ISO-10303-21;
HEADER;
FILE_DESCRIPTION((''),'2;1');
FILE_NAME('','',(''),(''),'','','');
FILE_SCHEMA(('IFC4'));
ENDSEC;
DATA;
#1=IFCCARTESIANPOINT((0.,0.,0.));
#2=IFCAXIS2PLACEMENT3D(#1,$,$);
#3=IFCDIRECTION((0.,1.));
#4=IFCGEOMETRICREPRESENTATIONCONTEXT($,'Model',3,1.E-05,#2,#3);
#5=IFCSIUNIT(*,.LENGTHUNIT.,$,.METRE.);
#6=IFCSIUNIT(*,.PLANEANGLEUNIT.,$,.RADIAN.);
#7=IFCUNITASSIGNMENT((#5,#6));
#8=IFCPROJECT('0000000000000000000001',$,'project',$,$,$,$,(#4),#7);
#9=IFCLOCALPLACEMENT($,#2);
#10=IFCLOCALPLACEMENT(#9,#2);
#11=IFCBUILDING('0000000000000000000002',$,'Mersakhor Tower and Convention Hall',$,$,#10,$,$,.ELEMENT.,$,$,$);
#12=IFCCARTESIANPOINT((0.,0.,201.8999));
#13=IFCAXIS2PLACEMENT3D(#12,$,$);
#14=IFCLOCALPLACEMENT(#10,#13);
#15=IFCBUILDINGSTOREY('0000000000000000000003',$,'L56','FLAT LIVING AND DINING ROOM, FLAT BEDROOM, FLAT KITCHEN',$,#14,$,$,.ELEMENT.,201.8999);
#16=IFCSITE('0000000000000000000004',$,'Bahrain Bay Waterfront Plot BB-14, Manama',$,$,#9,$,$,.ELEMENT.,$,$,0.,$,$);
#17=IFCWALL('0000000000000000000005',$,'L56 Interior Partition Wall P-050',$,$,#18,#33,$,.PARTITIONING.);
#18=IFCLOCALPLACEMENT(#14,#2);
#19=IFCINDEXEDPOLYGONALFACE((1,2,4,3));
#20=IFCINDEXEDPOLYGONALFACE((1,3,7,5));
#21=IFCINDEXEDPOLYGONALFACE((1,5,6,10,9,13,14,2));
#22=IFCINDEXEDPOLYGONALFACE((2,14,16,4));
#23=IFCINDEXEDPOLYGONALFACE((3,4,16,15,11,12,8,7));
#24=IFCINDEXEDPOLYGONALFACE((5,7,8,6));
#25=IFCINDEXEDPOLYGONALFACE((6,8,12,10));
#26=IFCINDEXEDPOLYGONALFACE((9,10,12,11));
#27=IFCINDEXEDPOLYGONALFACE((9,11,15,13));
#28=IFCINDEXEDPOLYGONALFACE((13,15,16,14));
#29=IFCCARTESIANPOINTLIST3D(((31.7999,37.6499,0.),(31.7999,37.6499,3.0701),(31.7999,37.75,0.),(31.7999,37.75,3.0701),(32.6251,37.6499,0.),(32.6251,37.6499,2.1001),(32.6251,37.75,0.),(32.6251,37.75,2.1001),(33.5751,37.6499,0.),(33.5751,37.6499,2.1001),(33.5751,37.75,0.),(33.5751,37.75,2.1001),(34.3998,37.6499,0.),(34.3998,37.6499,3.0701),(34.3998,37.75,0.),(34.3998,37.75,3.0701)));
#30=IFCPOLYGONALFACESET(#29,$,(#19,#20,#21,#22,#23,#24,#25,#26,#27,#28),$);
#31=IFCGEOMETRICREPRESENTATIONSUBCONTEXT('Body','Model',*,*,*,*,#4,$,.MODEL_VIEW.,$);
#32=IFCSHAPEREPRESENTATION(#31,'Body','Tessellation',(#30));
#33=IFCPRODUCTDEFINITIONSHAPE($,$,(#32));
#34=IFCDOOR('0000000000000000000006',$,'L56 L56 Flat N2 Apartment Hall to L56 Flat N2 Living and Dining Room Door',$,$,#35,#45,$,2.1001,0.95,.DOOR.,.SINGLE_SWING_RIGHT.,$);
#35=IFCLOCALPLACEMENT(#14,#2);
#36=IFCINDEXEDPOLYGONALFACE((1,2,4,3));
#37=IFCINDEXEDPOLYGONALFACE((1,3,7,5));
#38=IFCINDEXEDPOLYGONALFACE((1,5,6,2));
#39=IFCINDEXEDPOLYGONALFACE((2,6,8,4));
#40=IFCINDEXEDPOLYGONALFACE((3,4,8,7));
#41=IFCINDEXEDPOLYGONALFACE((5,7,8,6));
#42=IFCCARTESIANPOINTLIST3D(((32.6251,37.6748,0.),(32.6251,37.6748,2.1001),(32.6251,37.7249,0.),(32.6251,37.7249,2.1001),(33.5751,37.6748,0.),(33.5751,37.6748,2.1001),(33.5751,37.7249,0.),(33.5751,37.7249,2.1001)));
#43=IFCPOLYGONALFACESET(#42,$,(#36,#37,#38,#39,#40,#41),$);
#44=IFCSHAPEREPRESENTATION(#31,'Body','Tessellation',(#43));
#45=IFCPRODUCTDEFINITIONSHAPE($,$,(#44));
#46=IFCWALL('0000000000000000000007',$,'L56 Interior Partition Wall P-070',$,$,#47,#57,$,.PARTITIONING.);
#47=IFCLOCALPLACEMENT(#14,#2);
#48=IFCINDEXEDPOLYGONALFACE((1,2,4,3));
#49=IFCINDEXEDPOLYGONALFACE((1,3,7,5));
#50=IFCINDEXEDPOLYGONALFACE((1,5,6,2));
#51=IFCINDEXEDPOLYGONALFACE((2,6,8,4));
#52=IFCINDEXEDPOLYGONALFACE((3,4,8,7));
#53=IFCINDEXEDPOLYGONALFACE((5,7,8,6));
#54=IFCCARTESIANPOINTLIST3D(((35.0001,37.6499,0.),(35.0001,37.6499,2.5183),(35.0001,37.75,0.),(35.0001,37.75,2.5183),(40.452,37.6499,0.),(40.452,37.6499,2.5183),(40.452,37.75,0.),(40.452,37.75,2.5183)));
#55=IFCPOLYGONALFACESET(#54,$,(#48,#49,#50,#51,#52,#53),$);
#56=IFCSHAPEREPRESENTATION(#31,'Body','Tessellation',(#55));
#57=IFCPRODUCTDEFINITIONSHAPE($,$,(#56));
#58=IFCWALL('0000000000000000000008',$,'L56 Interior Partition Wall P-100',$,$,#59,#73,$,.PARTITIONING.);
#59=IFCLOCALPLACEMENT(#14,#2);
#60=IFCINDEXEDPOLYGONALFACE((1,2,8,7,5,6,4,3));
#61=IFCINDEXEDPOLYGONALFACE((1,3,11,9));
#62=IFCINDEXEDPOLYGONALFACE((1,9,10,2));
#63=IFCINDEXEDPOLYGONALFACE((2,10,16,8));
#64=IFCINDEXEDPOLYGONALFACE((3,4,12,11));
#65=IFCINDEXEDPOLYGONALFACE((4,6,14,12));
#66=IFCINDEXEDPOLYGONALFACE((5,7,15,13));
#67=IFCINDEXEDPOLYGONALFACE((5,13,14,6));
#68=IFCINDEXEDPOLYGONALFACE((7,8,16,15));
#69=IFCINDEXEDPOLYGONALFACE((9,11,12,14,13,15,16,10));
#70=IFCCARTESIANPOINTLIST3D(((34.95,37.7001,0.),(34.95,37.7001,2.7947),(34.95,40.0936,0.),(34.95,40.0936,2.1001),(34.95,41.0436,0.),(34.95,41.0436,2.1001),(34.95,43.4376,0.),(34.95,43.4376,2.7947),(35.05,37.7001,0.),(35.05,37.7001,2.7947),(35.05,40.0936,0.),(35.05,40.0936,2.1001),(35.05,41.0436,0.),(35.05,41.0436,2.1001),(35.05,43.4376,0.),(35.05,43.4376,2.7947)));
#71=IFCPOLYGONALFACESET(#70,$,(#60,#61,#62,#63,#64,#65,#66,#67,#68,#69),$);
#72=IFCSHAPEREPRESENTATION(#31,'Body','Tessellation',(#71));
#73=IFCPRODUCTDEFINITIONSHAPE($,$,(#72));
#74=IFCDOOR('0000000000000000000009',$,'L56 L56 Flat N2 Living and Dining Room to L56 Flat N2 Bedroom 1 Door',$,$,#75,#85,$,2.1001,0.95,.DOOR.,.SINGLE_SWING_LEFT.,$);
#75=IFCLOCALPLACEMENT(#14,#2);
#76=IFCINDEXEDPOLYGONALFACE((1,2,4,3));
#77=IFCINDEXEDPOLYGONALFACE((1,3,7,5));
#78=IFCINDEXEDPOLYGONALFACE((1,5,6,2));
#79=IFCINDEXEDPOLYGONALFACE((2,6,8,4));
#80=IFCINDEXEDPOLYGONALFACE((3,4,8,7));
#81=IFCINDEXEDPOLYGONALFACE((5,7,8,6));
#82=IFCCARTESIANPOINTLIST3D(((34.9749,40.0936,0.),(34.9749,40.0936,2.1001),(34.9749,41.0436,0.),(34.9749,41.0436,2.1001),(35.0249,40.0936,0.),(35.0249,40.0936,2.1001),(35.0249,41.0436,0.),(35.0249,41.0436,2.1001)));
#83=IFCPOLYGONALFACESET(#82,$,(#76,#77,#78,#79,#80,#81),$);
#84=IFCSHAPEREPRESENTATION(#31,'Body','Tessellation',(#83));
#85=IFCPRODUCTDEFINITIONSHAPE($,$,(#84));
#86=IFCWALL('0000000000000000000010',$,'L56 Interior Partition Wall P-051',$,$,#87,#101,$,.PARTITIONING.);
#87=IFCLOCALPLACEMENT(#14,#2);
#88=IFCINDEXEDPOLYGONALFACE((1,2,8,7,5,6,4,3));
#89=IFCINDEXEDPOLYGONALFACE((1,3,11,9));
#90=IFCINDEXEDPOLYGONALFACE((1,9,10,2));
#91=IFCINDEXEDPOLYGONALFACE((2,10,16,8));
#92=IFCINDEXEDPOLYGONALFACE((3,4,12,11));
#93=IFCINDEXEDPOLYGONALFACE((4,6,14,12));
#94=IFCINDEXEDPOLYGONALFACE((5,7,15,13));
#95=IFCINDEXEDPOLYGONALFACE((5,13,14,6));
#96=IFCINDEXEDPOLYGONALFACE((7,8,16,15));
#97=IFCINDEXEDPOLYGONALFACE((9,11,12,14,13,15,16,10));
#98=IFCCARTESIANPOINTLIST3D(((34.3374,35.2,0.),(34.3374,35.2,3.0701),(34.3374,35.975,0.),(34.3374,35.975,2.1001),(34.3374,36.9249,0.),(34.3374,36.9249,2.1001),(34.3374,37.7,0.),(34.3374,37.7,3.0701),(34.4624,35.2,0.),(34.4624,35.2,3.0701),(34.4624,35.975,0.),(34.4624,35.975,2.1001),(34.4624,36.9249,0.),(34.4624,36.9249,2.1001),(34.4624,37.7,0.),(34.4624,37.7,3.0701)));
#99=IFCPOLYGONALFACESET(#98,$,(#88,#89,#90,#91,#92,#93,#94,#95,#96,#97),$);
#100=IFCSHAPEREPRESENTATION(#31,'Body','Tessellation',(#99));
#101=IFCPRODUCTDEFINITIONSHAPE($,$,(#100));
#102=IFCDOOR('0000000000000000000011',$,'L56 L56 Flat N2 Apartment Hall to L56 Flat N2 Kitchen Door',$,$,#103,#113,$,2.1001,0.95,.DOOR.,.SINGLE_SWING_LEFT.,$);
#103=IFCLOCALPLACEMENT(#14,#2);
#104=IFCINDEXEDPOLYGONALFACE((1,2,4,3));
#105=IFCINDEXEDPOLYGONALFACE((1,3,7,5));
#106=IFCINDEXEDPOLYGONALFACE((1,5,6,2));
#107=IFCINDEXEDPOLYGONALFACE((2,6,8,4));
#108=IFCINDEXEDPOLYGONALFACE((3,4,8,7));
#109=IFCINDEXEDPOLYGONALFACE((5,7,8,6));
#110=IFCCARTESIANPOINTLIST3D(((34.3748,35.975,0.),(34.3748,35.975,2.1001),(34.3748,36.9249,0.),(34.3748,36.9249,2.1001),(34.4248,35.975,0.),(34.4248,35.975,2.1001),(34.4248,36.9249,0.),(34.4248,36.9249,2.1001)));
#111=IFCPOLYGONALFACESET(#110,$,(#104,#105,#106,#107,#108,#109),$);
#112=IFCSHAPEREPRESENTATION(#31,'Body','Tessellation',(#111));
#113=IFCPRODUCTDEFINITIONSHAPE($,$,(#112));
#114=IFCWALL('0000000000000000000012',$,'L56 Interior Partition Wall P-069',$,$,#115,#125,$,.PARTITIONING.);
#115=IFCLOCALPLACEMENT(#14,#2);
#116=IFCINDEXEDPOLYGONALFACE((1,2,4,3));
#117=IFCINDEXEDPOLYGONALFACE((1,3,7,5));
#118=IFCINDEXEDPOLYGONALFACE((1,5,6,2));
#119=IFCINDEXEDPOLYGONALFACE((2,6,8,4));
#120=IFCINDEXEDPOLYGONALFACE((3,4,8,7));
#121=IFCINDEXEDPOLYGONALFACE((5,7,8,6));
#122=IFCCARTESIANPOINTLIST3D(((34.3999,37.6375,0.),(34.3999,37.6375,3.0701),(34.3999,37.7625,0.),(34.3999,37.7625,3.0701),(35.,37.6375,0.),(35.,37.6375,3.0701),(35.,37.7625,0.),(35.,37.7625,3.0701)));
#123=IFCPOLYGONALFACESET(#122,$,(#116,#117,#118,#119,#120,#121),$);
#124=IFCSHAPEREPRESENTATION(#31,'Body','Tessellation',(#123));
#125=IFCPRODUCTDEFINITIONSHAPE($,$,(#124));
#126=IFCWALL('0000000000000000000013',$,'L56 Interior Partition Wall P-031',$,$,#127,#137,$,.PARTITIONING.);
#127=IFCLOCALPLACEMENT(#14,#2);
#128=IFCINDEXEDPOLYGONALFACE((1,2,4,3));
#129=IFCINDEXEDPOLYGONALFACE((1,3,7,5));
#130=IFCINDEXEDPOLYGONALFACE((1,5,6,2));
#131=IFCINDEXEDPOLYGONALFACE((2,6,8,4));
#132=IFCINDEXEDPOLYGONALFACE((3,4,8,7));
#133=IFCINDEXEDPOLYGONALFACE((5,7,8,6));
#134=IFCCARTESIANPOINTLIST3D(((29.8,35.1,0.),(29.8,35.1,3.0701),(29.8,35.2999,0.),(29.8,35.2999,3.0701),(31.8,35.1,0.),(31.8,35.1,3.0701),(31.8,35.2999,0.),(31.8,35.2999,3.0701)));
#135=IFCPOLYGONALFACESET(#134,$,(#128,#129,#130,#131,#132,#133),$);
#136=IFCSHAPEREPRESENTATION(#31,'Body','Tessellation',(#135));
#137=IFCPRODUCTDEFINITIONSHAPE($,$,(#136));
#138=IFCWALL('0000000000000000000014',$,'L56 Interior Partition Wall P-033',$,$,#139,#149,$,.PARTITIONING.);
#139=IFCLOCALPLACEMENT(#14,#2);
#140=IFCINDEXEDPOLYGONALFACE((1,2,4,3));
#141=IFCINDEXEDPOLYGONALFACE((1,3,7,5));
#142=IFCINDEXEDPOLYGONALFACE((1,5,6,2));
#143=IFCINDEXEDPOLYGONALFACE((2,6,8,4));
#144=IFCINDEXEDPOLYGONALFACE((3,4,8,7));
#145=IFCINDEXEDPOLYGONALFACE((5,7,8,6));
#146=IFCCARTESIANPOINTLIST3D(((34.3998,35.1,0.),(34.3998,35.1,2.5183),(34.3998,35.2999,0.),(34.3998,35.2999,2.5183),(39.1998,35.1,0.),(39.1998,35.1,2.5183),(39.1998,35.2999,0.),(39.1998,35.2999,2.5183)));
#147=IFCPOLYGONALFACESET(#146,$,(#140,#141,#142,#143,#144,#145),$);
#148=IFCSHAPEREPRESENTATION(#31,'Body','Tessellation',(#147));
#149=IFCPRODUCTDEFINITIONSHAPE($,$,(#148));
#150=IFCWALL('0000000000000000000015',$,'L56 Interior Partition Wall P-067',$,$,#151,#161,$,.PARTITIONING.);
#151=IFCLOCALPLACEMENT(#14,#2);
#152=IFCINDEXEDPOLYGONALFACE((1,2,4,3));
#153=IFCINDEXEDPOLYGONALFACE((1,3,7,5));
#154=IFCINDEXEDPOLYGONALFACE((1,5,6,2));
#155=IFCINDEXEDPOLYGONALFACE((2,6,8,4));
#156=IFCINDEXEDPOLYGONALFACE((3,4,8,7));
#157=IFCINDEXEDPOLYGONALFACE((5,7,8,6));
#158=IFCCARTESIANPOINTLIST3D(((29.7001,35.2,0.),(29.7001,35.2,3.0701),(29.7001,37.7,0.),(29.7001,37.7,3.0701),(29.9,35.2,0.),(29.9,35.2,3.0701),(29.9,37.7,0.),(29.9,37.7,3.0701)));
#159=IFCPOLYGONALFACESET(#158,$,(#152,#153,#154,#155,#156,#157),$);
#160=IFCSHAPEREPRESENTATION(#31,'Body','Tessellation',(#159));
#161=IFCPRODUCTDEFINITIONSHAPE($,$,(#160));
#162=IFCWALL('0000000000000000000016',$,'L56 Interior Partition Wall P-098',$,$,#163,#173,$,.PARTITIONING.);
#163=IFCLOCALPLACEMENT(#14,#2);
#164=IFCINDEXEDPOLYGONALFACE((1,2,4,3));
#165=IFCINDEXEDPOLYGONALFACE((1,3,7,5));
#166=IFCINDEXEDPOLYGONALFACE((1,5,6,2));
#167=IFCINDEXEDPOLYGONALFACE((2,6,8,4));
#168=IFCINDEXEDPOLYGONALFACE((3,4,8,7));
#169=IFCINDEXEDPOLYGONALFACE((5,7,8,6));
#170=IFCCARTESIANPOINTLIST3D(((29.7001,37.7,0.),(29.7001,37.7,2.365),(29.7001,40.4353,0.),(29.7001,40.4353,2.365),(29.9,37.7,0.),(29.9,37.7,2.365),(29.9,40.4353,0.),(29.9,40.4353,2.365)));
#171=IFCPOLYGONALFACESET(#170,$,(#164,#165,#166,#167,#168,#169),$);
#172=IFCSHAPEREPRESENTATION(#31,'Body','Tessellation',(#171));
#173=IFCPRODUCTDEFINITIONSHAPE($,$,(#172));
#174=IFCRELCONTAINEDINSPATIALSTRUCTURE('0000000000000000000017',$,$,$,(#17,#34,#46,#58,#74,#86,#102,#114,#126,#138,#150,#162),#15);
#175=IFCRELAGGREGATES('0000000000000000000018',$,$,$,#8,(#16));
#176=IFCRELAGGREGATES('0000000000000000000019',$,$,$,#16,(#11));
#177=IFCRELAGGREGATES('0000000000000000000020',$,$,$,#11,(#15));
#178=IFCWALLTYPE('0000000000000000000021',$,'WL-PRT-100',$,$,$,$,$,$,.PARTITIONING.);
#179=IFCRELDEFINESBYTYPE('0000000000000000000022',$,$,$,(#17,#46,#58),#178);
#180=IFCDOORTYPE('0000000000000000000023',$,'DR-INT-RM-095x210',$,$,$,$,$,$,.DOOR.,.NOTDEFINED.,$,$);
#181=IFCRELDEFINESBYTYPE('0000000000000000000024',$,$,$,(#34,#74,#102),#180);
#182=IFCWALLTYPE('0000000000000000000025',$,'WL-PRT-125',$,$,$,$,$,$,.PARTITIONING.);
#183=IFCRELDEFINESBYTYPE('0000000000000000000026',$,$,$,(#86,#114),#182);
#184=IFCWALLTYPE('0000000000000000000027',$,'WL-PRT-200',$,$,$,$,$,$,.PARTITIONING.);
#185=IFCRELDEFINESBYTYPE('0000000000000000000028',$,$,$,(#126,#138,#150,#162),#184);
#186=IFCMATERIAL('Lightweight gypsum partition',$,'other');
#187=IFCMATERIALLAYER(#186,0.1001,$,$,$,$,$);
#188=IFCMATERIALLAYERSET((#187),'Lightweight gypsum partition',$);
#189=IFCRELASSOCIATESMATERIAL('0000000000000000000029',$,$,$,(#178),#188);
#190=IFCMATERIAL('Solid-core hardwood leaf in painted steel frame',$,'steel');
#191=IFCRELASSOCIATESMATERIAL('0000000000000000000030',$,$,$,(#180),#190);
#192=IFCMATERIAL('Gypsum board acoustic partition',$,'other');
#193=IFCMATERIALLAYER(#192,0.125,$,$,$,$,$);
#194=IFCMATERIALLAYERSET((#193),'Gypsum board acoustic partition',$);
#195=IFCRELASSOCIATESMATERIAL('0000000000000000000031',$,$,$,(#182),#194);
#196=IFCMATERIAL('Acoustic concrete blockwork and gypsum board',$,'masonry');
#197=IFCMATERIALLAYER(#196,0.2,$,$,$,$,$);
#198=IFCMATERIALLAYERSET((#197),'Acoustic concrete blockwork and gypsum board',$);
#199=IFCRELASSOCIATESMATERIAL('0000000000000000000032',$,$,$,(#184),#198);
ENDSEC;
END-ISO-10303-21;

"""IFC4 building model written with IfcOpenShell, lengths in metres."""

from ifc_helpers import new_model, si_unit, direction, frame, frame_2d, origin, place, context, subcontext, project, spatial, rectangle, extrude, material, layer, layer_set, type_object, element, fill, save


model = new_model("IFC4")

# Units and contexts
model_context = context("Model", 3, precision=1e-05, world=origin(), true_north=direction((0.0, 1.0)))
body_context = subcontext(model_context, "Body", "Model", "MODEL_VIEW")
ifc_project = project(units=[si_unit("LENGTHUNIT", "METRE"), si_unit("PLANEANGLEUNIT", "RADIAN")], contexts=[model_context])

# Site, building, storey
site_placement = place(None, origin())
site = spatial("IfcSite", under=ifc_project, at=site_placement, Name="Bahrain Bay Waterfront Plot BB-14, Manama", CompositionType="ELEMENT", RefElevation=0.0)
building_placement = place(site_placement, origin())
building = spatial("IfcBuilding", under=site, at=building_placement, Name="Mersakhor Tower and Convention Hall", CompositionType="ELEMENT")
storey_placement = place(building_placement, frame((0.0, 0.0, 201.8999)))
storey = spatial("IfcBuildingStorey", under=building, at=storey_placement, Name="L56", Description="FLAT LIVING AND DINING ROOM, FLAT BEDROOM, FLAT KITCHEN", CompositionType="ELEMENT", Elevation=201.8999)

# Wall, opening, door
ifc_material_1 = material(Name="Lightweight gypsum partition", Category="other")
ifc_layer_1 = layer(ifc_material_1, 0.1001)
ifc_layer_set_1 = layer_set([ifc_layer_1], Name="Lightweight gypsum partition")
wall_type_1 = type_object("IfcWallType", Name="WL-PRT-100", PredefinedType="PARTITIONING", material=ifc_layer_set_1)
wall_1_placement = place(storey_placement, frame((31.8, 37.7, 0.0), z_axis=(0.0, 0.0, 1.0), x_axis=(1.0, 0.0, 0.0)))
wall_1 = element("IfcWall", 1, at=wall_1_placement, inside=storey, type_object=wall_type_1, Name="L56 Interior Partition Wall P-050", PredefinedType="PARTITIONING", context=body_context, shape_type="SweptSolid", body=[
    extrude(rectangle(XDim=2.5999, YDim=0.1001, at=frame_2d((1.2998, 0.0))), origin(), (0.0, 0.0, 1.0), 3.0701),
])
opening_1_placement = place(wall_1_placement, frame((0.825, 0.0, 0.0)))
opening_1 = element("IfcOpeningElement", 2, at=opening_1_placement, cuts=wall_1, PredefinedType="OPENING", context=body_context, shape_type="SweptSolid", body=[
    extrude(rectangle(XDim=0.95, YDim=2.1001, at=frame_2d((0.4751, 1.05))), frame((0.0, 0.0601, 0.0), z_axis=(0.0, -1.0, 0.0), x_axis=(1.0, 0.0, 0.0)), (0.0, 0.0, 1.0), 0.1201),
])
ifc_material_2 = material(Name="Solid-core hardwood leaf in painted steel frame", Category="steel")
door_type_1 = type_object("IfcDoorType", Name="DR-INT-RM-095x210", OperationType="NOTDEFINED", PredefinedType="DOOR", material=ifc_material_2)
door_1_placement = place(opening_1_placement, origin())
door_1 = element("IfcDoor", 3, at=door_1_placement, inside=storey, type_object=door_type_1, Name="L56 L56 Flat N2 Apartment Hall to L56 Flat N2 Living and Dining Room Door", OperationType="SINGLE_SWING_RIGHT", OverallHeight=2.1001, OverallWidth=0.95, PredefinedType="DOOR", context=body_context, shape_type="SweptSolid", body=[
    extrude(rectangle(XDim=0.95, YDim=2.1001, at=frame_2d((0.4751, 1.05))), frame((0.0, 0.0249, 0.0), z_axis=(0.0, -1.0, 0.0), x_axis=(1.0, 0.0, 0.0)), (0.0, 0.0, 1.0), 0.05),
])
fill(opening_1, door_1)

# Wall
wall_2_placement = place(storey_placement, frame((35.0, 37.7, 0.0), z_axis=(0.0, 0.0, 1.0), x_axis=(1.0, 0.0, 0.0)))
element("IfcWall", 4, at=wall_2_placement, inside=storey, type_object=wall_type_1, Name="L56 Interior Partition Wall P-070", PredefinedType="PARTITIONING", context=body_context, shape_type="SweptSolid", body=[
    extrude(rectangle(XDim=5.4519, YDim=0.1001, at=frame_2d((2.7261, 0.0))), origin(), (0.0, 0.0, 1.0), 2.5183),
])

# Walls, openings, doors
wall_3_placement = place(storey_placement, frame((35.0, 43.4375, 0.0), z_axis=(0.0, 0.0, 1.0), x_axis=(0.0, -1.0, 0.0)))
wall_3 = element("IfcWall", 5, at=wall_3_placement, inside=storey, type_object=wall_type_1, Name="L56 Interior Partition Wall P-100", PredefinedType="PARTITIONING", context=body_context, shape_type="SweptSolid", body=[
    extrude(rectangle(XDim=5.7375, YDim=0.1001, at=frame_2d((2.8687, 0.0))), origin(), (0.0, 0.0, 1.0), 2.7947),
])
opening_2_placement = place(wall_3_placement, frame((2.3938, 0.0, 0.0)))
opening_2 = element("IfcOpeningElement", 6, at=opening_2_placement, cuts=wall_3, PredefinedType="OPENING", context=body_context, shape_type="SweptSolid", body=[
    extrude(rectangle(XDim=0.95, YDim=2.1001, at=frame_2d((0.4751, 1.05))), frame((0.0, 0.0601, 0.0), z_axis=(0.0, -1.0, 0.0), x_axis=(1.0, 0.0, 0.0)), (0.0, 0.0, 1.0), 0.1201),
])
door_2_placement = place(opening_2_placement, origin())
door_2 = element("IfcDoor", 7, at=door_2_placement, inside=storey, type_object=door_type_1, Name="L56 L56 Flat N2 Living and Dining Room to L56 Flat N2 Bedroom 1 Door", OperationType="SINGLE_SWING_LEFT", OverallHeight=2.1001, OverallWidth=0.95, PredefinedType="DOOR", context=body_context, shape_type="SweptSolid", body=[
    extrude(rectangle(XDim=0.95, YDim=2.1001, at=frame_2d((0.4751, 1.05))), frame((0.0, 0.0249, 0.0), z_axis=(0.0, -1.0, 0.0), x_axis=(1.0, 0.0, 0.0)), (0.0, 0.0, 1.0), 0.05),
])
fill(opening_2, door_2)
ifc_material_3 = material(Name="Gypsum board acoustic partition", Category="other")
ifc_layer_2 = layer(ifc_material_3, 0.125)
ifc_layer_set_2 = layer_set([ifc_layer_2], Name="Gypsum board acoustic partition")
wall_type_2 = type_object("IfcWallType", Name="WL-PRT-125", PredefinedType="PARTITIONING", material=ifc_layer_set_2)
wall_4_placement = place(storey_placement, frame((34.3999, 37.7, 0.0), z_axis=(0.0, 0.0, 1.0), x_axis=(0.0, -1.0, 0.0)))
wall_4 = element("IfcWall", 8, at=wall_4_placement, inside=storey, type_object=wall_type_2, Name="L56 Interior Partition Wall P-051", PredefinedType="PARTITIONING", context=body_context, shape_type="SweptSolid", body=[
    extrude(rectangle(XDim=2.5, YDim=0.125, at=frame_2d((1.25, 0.0))), origin(), (0.0, 0.0, 1.0), 3.0701),
])
opening_3_placement = place(wall_4_placement, frame((0.7749, 0.0, 0.0)))
opening_3 = element("IfcOpeningElement", 9, at=opening_3_placement, cuts=wall_4, PredefinedType="OPENING", context=body_context, shape_type="SweptSolid", body=[
    extrude(rectangle(XDim=0.95, YDim=2.1001, at=frame_2d((0.4751, 1.05))), frame((0.0, 0.0725, 0.0), z_axis=(0.0, -1.0, 0.0), x_axis=(1.0, 0.0, 0.0)), (0.0, 0.0, 1.0), 0.145),
])
door_3_placement = place(opening_3_placement, origin())
door_3 = element("IfcDoor", 10, at=door_3_placement, inside=storey, type_object=door_type_1, Name="L56 L56 Flat N2 Apartment Hall to L56 Flat N2 Kitchen Door", OperationType="SINGLE_SWING_LEFT", OverallHeight=2.1001, OverallWidth=0.95, PredefinedType="DOOR", context=body_context, shape_type="SweptSolid", body=[
    extrude(rectangle(XDim=0.95, YDim=2.1001, at=frame_2d((0.4751, 1.05))), frame((0.0, 0.0249, 0.0), z_axis=(0.0, -1.0, 0.0), x_axis=(1.0, 0.0, 0.0)), (0.0, 0.0, 1.0), 0.05),
])
fill(opening_3, door_3)

# Walls
wall_5_placement = place(storey_placement, frame((34.3999, 37.7, 0.0), z_axis=(0.0, 0.0, 1.0), x_axis=(1.0, 0.0, 0.0)))
element("IfcWall", 11, at=wall_5_placement, inside=storey, type_object=wall_type_2, Name="L56 Interior Partition Wall P-069", PredefinedType="PARTITIONING", context=body_context, shape_type="SweptSolid", body=[
    extrude(rectangle(XDim=0.6001, YDim=0.125, at=frame_2d((0.3, 0.0))), origin(), (0.0, 0.0, 1.0), 3.0701),
])
ifc_material_4 = material(Name="Acoustic concrete blockwork and gypsum board", Category="masonry")
ifc_layer_3 = layer(ifc_material_4, 0.2)
ifc_layer_set_3 = layer_set([ifc_layer_3], Name="Acoustic concrete blockwork and gypsum board")
wall_type_3 = type_object("IfcWallType", Name="WL-PRT-200", PredefinedType="PARTITIONING", material=ifc_layer_set_3)
wall_6_placement = place(storey_placement, frame((29.8, 35.2, 0.0), z_axis=(0.0, 0.0, 1.0), x_axis=(1.0, 0.0, 0.0)))
element("IfcWall", 12, at=wall_6_placement, inside=storey, type_object=wall_type_3, Name="L56 Interior Partition Wall P-031", PredefinedType="PARTITIONING", context=body_context, shape_type="SweptSolid", body=[
    extrude(rectangle(XDim=2.0, YDim=0.2, at=frame_2d((1.0, 0.0))), origin(), (0.0, 0.0, 1.0), 3.0701),
])

# Walls
wall_7_placement = place(storey_placement, frame((34.3999, 35.2, 0.0), z_axis=(0.0, 0.0, 1.0), x_axis=(1.0, 0.0, 0.0)))
element("IfcWall", 13, at=wall_7_placement, inside=storey, type_object=wall_type_3, Name="L56 Interior Partition Wall P-033", PredefinedType="PARTITIONING", context=body_context, shape_type="SweptSolid", body=[
    extrude(rectangle(XDim=4.8, YDim=0.2, at=frame_2d((2.3999, 0.0))), origin(), (0.0, 0.0, 1.0), 2.5183),
])
wall_8_placement = place(storey_placement, frame((29.8, 35.2, 0.0), z_axis=(0.0, 0.0, 1.0), x_axis=(0.0, 1.0, 0.0)))
element("IfcWall", 14, at=wall_8_placement, inside=storey, type_object=wall_type_3, Name="L56 Interior Partition Wall P-067", PredefinedType="PARTITIONING", context=body_context, shape_type="SweptSolid", body=[
    extrude(rectangle(XDim=2.5, YDim=0.2, at=frame_2d((1.25, 0.0))), origin(), (0.0, 0.0, 1.0), 3.0701),
])
wall_9_placement = place(storey_placement, frame((29.8, 40.4353, 0.0), z_axis=(0.0, 0.0, 1.0), x_axis=(0.0, -1.0, 0.0)))
element("IfcWall", 15, at=wall_9_placement, inside=storey, type_object=wall_type_3, Name="L56 Interior Partition Wall P-098", PredefinedType="PARTITIONING", context=body_context, shape_type="SweptSolid", body=[
    extrude(rectangle(XDim=2.7354, YDim=0.2, at=frame_2d((1.3677, 0.0))), origin(), (0.0, 0.0, 1.0), 2.365),
])

save(model, "model.ifc")
